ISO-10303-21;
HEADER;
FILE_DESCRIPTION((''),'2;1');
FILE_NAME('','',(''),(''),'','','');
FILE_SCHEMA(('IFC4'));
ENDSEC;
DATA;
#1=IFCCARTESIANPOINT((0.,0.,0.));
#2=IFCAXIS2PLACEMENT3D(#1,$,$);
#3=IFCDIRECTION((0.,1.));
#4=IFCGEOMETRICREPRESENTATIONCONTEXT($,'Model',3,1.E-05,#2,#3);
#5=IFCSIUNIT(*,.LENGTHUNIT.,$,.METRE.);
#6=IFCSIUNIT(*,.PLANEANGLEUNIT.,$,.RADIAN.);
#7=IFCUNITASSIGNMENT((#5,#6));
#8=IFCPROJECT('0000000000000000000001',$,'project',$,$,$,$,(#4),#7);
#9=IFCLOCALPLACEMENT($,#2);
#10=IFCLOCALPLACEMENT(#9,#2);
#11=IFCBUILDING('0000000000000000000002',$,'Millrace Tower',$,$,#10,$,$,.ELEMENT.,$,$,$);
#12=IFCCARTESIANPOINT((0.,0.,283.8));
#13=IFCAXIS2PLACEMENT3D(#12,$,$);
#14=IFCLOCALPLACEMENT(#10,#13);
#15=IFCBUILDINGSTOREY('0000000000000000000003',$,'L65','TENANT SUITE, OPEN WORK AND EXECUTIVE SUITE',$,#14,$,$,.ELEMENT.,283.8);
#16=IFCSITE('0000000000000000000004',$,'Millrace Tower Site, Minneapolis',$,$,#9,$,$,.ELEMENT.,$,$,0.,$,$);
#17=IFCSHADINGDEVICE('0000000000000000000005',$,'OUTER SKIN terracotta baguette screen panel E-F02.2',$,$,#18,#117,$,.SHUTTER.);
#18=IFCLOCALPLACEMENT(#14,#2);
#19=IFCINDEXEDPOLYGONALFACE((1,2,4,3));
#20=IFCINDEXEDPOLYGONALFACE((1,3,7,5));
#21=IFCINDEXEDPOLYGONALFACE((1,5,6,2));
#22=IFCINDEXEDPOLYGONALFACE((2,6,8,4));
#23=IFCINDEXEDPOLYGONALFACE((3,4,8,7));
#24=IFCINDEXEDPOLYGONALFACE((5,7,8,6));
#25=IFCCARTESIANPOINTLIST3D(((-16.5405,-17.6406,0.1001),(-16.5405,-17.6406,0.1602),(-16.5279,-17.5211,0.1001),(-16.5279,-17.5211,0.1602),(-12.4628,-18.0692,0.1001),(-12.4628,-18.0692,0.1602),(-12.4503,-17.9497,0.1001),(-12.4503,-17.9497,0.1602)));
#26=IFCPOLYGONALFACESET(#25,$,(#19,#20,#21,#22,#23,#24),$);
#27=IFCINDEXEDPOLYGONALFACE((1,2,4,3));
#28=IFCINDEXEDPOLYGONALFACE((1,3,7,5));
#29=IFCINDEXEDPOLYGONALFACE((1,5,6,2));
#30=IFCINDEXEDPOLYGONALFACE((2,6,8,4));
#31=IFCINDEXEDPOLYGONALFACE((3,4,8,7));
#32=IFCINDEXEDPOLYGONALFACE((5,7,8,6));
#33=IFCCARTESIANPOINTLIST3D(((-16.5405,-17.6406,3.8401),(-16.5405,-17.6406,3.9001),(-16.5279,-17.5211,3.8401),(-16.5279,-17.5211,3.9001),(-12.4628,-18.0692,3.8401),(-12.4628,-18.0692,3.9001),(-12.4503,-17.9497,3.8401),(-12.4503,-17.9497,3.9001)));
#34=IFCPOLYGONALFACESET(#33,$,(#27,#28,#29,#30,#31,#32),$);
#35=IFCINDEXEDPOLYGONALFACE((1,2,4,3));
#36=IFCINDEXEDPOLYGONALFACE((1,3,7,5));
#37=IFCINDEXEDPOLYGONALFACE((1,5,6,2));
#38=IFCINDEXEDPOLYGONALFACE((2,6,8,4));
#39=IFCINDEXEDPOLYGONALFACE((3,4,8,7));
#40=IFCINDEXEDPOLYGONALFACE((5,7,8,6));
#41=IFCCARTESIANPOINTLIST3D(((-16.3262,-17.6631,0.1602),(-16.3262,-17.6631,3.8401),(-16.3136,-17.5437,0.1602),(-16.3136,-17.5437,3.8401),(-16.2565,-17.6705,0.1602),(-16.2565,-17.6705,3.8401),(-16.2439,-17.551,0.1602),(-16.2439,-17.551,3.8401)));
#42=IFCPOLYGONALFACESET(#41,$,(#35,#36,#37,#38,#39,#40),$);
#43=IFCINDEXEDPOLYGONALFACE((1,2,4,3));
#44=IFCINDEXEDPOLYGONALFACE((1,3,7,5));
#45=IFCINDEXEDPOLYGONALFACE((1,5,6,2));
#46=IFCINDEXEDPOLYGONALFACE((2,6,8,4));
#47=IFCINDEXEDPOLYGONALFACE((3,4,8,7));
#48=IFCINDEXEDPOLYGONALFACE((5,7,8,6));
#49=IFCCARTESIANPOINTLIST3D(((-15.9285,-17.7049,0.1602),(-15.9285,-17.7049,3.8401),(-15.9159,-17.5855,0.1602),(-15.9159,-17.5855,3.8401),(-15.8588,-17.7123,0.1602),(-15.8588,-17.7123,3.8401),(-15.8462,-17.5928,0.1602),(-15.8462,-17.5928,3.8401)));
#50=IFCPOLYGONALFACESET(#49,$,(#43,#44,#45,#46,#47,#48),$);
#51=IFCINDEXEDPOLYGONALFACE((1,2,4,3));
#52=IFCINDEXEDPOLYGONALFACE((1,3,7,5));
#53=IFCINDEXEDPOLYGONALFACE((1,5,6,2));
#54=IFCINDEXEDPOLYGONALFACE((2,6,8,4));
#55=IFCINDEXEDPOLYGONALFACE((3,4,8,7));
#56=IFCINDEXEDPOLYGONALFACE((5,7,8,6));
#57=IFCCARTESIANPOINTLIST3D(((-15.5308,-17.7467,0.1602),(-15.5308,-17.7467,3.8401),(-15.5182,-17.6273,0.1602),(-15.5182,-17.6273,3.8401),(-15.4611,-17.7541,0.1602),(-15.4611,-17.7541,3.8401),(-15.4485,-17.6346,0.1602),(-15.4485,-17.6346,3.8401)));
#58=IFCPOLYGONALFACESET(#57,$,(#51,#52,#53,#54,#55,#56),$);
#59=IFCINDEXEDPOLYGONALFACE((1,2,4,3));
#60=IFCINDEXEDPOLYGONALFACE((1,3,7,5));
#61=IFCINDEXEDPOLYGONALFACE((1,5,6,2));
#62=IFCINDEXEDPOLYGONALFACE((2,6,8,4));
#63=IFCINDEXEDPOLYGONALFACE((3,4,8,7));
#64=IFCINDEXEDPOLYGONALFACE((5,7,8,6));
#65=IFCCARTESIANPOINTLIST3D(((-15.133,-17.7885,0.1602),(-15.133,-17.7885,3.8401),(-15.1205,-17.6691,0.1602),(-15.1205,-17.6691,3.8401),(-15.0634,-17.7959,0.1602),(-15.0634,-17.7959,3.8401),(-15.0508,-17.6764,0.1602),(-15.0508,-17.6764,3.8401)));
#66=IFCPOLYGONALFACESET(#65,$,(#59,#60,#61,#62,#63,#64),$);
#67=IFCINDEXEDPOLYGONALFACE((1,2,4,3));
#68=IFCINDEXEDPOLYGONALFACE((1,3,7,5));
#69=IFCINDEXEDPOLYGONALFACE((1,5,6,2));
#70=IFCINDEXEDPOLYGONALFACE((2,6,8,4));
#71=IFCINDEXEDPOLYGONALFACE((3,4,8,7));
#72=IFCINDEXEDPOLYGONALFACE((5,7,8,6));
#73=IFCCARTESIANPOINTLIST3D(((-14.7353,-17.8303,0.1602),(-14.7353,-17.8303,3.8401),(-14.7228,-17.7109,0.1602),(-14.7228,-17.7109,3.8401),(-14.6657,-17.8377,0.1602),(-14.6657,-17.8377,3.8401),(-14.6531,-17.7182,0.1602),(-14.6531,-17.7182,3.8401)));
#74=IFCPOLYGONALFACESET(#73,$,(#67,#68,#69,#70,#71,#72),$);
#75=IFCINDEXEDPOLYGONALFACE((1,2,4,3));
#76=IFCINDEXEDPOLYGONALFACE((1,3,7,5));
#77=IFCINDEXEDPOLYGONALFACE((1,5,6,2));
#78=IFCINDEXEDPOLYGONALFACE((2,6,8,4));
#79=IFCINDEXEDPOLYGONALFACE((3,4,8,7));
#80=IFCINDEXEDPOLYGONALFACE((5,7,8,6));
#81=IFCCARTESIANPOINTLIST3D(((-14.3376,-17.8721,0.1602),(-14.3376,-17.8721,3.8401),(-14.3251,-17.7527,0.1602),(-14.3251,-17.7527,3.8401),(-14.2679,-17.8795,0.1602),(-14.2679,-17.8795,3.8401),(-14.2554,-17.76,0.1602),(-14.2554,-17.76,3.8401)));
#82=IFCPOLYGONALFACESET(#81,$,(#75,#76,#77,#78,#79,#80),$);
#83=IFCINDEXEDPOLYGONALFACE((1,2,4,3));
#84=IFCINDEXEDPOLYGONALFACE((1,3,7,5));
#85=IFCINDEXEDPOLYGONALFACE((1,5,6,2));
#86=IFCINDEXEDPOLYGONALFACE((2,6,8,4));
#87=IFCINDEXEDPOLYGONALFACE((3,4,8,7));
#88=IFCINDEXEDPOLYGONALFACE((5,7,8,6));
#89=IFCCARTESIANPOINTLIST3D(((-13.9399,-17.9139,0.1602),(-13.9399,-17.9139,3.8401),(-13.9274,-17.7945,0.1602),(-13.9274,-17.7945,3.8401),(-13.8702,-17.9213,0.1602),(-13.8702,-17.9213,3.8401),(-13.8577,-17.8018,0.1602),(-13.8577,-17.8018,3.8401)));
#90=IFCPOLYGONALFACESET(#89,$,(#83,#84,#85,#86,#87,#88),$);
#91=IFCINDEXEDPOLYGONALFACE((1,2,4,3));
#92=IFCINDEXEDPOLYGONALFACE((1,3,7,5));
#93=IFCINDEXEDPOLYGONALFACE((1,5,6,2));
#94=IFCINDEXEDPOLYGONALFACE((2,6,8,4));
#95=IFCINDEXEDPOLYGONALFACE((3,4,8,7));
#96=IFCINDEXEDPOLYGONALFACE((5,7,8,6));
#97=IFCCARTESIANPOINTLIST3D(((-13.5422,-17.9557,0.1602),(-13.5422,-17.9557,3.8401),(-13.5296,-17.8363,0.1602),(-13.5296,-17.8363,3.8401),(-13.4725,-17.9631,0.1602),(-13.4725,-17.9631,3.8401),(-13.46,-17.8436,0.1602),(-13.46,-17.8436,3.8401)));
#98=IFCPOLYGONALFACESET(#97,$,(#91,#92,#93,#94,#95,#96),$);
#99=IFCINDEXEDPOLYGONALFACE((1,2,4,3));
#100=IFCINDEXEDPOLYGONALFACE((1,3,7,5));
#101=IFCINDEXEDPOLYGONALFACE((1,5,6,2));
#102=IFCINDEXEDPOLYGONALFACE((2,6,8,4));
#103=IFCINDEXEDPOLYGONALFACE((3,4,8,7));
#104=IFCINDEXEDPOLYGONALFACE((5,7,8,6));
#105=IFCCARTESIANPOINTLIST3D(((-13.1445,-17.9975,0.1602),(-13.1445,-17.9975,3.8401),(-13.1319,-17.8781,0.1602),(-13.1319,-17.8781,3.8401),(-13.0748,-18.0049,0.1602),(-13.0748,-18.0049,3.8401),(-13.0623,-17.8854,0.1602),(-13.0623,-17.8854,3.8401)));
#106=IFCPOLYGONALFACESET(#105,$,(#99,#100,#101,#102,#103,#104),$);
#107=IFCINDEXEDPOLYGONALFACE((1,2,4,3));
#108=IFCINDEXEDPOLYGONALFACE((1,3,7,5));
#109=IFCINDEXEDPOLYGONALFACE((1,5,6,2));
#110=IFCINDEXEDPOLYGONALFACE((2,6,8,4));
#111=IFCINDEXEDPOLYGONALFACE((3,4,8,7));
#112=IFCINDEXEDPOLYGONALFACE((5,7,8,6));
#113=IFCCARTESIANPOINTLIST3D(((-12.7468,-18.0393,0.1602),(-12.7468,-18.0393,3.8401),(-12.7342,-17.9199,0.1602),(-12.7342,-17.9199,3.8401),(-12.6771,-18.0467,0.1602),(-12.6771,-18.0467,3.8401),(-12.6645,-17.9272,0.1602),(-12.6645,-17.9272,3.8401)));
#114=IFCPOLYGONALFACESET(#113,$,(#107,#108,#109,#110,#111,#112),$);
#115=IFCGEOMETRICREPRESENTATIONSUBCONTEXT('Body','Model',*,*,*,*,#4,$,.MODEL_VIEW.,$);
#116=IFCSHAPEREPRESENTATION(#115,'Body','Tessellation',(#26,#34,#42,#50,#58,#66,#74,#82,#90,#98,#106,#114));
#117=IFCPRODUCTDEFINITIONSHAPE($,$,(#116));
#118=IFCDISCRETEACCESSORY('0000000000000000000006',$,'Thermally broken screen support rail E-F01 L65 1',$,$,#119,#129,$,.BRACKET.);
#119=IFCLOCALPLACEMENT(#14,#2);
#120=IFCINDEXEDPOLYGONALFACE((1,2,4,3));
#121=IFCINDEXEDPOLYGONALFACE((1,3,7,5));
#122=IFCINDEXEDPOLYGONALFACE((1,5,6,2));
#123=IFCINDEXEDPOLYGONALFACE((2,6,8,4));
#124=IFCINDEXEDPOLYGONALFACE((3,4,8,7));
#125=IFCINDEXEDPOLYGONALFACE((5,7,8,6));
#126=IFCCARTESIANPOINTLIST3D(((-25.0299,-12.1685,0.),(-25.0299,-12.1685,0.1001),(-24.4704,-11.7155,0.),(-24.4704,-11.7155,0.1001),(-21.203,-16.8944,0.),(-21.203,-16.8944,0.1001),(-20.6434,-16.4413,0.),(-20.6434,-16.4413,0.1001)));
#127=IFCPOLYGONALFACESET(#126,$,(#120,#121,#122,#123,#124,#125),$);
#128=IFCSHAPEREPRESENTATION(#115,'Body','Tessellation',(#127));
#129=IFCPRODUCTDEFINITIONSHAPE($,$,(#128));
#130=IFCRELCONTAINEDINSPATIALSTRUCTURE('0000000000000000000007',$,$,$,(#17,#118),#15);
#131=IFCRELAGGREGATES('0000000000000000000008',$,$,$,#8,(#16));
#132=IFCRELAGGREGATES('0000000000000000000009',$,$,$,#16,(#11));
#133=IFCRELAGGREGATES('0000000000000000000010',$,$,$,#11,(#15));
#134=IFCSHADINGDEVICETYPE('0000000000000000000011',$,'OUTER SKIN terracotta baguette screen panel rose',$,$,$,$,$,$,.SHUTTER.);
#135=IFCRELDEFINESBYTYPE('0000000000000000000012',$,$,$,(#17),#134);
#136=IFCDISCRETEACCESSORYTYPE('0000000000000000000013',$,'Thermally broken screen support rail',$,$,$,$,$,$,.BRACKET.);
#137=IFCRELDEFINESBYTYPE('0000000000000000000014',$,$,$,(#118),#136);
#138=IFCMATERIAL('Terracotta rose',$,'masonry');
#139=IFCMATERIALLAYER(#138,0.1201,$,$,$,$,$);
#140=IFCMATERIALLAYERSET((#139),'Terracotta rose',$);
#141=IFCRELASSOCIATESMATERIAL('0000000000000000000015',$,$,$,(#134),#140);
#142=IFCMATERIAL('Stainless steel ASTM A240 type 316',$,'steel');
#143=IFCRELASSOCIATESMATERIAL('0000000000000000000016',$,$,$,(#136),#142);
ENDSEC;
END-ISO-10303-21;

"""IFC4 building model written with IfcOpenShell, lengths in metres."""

from ifc_helpers import new_model, entity, si_unit, direction, frame, frame_2d, origin, origin_2d, place, context, subcontext, project, spatial, rectangle, extrude, source, transform, mapped, material, layer, layer_set, type_object, element, save


model = new_model("IFC4")

# Units and contexts
model_context = context("Model", 3, precision=1e-05, world=origin(), true_north=direction((0.0, 1.0)))
body_context = subcontext(model_context, "Body", "Model", "MODEL_VIEW")
ifc_project = project(units=[si_unit("LENGTHUNIT", "METRE"), si_unit("PLANEANGLEUNIT", "RADIAN")], contexts=[model_context])

# Site, building, storey
site_placement = place(None, origin())
site = spatial("IfcSite", under=ifc_project, at=site_placement, Name="Millrace Tower Site, Minneapolis", CompositionType="ELEMENT", RefElevation=0.0)
building_placement = place(site_placement, origin())
building = spatial("IfcBuilding", under=site, at=building_placement, Name="Millrace Tower", CompositionType="ELEMENT")
storey_placement = place(building_placement, frame((0.0, 0.0, 283.8)))
storey = spatial("IfcBuildingStorey", under=building, at=storey_placement, Name="L65", Description="TENANT SUITE, OPEN WORK AND EXECUTIVE SUITE", CompositionType="ELEMENT", Elevation=283.8)

# Shading device
ifc_material_1 = material(Name="Terracotta rose", Category="masonry")
ifc_layer_1 = layer(ifc_material_1, 0.1201)
ifc_layer_set_1 = layer_set([ifc_layer_1], Name="Terracotta rose")
shading_device_type = type_object("IfcShadingDeviceType", Name="OUTER SKIN terracotta baguette screen panel rose", PredefinedType="SHUTTER", material=ifc_layer_set_1)
cartesian_point_1 = entity("IfcCartesianPoint", [-2.05, 0.0601])
shared_polyline_1 = entity("IfcPolyline", [cartesian_point_1, entity("IfcCartesianPoint", [2.05, 0.0601]), entity("IfcCartesianPoint", [2.05, -0.0601]), entity("IfcCartesianPoint", [-2.05, -0.0601]), cartesian_point_1])
shared_shape_1 = source(origin(), body_context, "Body", "SweptSolid", [
    entity("IfcExtrudedAreaSolid", entity("IfcArbitraryClosedProfileDef", "AREA", None, shared_polyline_1), entity("IfcAxis2Placement3D", entity("IfcCartesianPoint", [0.0, 0.0, 0.0])), entity("IfcDirection", [0.0, 0.0, 1.0]), 0.0601),
    entity("IfcExtrudedAreaSolid", entity("IfcArbitraryClosedProfileDef", "AREA", None, shared_polyline_1), entity("IfcAxis2Placement3D", entity("IfcCartesianPoint", [0.0, 0.0, 3.74])), entity("IfcDirection", [0.0, 0.0, 1.0]), 0.0601),
    extrude(rectangle(XDim=0.0701, YDim=0.1201, at=frame_2d((-1.7996, 0.0))), frame((0.0, 0.0, 0.0601)), (0.0, 0.0, 1.0), 3.6799),
    extrude(rectangle(XDim=0.0701, YDim=0.1201, at=frame_2d((-1.3997, 0.0))), frame((0.0, 0.0, 0.0601)), (0.0, 0.0, 1.0), 3.6799),
    extrude(rectangle(XDim=0.0701, YDim=0.1201, at=frame_2d((-0.9998, 0.0))), frame((0.0, 0.0, 0.0601)), (0.0, 0.0, 1.0), 3.6799),
    extrude(rectangle(XDim=0.0701, YDim=0.1201, at=frame_2d((-0.5999, 0.0))), frame((0.0, 0.0, 0.0601)), (0.0, 0.0, 1.0), 3.6799),
    extrude(rectangle(XDim=0.0701, YDim=0.1201, at=frame_2d((-0.2, 0.0))), frame((0.0, 0.0, 0.0601)), (0.0, 0.0, 1.0), 3.6799),
    extrude(rectangle(XDim=0.0701, YDim=0.1201, at=frame_2d((0.2, 0.0))), frame((0.0, 0.0, 0.0601)), (0.0, 0.0, 1.0), 3.6799),
    extrude(rectangle(XDim=0.0701, YDim=0.1201, at=frame_2d((0.5999, 0.0))), frame((0.0, 0.0, 0.0601)), (0.0, 0.0, 1.0), 3.6799),
    extrude(rectangle(XDim=0.0701, YDim=0.1201, at=frame_2d((0.9998, 0.0))), frame((0.0, 0.0, 0.0601)), (0.0, 0.0, 1.0), 3.6799),
    extrude(rectangle(XDim=0.0701, YDim=0.1201, at=frame_2d((1.3997, 0.0))), frame((0.0, 0.0, 0.0601)), (0.0, 0.0, 1.0), 3.6799),
    extrude(rectangle(XDim=0.0701, YDim=0.1201, at=frame_2d((1.7996, 0.0))), frame((0.0, 0.0, 0.0601)), (0.0, 0.0, 1.0), 3.6799),
])
shading_device_1_placement = place(storey_placement, frame((-14.4954, -17.7952, 0.1001), z_axis=(0.0, 0.0, 1.0), x_axis=(0.994522, -0.104528, 0.0)))
element("IfcShadingDevice", 1, at=shading_device_1_placement, inside=storey, type_object=shading_device_type, Name="OUTER SKIN terracotta baguette screen panel E-F02.2", PredefinedType="SHUTTER", context=body_context, shape_type="MappedRepresentation", body=[
    mapped(shared_shape_1, transform((0.0, 0.0, 0.0), scale=1.0)),
])

# Discrete accessory
ifc_material_2 = material(Name="Stainless steel ASTM A240 type 316", Category="steel")
discrete_accessory_type = type_object("IfcDiscreteAccessoryType", Name="Thermally broken screen support rail", PredefinedType="BRACKET", material=ifc_material_2)
discrete_accessory_placement = place(storey_placement, frame((-22.8367, -14.3049, 0.0), z_axis=(0.0, 0.0, 1.0), x_axis=(0.62932, -0.777146, 0.0)))
element("IfcDiscreteAccessory", 2, at=discrete_accessory_placement, inside=storey, type_object=discrete_accessory_type, Name="Thermally broken screen support rail E-F01 L65 1", PredefinedType="BRACKET", context=body_context, shape_type="SweptSolid", body=[
    extrude(rectangle(XDim=6.0811, YDim=0.72, at=origin_2d()), origin(), (0.0, 0.0, 1.0), 0.1001),
])

save(model, "model.ifc")
